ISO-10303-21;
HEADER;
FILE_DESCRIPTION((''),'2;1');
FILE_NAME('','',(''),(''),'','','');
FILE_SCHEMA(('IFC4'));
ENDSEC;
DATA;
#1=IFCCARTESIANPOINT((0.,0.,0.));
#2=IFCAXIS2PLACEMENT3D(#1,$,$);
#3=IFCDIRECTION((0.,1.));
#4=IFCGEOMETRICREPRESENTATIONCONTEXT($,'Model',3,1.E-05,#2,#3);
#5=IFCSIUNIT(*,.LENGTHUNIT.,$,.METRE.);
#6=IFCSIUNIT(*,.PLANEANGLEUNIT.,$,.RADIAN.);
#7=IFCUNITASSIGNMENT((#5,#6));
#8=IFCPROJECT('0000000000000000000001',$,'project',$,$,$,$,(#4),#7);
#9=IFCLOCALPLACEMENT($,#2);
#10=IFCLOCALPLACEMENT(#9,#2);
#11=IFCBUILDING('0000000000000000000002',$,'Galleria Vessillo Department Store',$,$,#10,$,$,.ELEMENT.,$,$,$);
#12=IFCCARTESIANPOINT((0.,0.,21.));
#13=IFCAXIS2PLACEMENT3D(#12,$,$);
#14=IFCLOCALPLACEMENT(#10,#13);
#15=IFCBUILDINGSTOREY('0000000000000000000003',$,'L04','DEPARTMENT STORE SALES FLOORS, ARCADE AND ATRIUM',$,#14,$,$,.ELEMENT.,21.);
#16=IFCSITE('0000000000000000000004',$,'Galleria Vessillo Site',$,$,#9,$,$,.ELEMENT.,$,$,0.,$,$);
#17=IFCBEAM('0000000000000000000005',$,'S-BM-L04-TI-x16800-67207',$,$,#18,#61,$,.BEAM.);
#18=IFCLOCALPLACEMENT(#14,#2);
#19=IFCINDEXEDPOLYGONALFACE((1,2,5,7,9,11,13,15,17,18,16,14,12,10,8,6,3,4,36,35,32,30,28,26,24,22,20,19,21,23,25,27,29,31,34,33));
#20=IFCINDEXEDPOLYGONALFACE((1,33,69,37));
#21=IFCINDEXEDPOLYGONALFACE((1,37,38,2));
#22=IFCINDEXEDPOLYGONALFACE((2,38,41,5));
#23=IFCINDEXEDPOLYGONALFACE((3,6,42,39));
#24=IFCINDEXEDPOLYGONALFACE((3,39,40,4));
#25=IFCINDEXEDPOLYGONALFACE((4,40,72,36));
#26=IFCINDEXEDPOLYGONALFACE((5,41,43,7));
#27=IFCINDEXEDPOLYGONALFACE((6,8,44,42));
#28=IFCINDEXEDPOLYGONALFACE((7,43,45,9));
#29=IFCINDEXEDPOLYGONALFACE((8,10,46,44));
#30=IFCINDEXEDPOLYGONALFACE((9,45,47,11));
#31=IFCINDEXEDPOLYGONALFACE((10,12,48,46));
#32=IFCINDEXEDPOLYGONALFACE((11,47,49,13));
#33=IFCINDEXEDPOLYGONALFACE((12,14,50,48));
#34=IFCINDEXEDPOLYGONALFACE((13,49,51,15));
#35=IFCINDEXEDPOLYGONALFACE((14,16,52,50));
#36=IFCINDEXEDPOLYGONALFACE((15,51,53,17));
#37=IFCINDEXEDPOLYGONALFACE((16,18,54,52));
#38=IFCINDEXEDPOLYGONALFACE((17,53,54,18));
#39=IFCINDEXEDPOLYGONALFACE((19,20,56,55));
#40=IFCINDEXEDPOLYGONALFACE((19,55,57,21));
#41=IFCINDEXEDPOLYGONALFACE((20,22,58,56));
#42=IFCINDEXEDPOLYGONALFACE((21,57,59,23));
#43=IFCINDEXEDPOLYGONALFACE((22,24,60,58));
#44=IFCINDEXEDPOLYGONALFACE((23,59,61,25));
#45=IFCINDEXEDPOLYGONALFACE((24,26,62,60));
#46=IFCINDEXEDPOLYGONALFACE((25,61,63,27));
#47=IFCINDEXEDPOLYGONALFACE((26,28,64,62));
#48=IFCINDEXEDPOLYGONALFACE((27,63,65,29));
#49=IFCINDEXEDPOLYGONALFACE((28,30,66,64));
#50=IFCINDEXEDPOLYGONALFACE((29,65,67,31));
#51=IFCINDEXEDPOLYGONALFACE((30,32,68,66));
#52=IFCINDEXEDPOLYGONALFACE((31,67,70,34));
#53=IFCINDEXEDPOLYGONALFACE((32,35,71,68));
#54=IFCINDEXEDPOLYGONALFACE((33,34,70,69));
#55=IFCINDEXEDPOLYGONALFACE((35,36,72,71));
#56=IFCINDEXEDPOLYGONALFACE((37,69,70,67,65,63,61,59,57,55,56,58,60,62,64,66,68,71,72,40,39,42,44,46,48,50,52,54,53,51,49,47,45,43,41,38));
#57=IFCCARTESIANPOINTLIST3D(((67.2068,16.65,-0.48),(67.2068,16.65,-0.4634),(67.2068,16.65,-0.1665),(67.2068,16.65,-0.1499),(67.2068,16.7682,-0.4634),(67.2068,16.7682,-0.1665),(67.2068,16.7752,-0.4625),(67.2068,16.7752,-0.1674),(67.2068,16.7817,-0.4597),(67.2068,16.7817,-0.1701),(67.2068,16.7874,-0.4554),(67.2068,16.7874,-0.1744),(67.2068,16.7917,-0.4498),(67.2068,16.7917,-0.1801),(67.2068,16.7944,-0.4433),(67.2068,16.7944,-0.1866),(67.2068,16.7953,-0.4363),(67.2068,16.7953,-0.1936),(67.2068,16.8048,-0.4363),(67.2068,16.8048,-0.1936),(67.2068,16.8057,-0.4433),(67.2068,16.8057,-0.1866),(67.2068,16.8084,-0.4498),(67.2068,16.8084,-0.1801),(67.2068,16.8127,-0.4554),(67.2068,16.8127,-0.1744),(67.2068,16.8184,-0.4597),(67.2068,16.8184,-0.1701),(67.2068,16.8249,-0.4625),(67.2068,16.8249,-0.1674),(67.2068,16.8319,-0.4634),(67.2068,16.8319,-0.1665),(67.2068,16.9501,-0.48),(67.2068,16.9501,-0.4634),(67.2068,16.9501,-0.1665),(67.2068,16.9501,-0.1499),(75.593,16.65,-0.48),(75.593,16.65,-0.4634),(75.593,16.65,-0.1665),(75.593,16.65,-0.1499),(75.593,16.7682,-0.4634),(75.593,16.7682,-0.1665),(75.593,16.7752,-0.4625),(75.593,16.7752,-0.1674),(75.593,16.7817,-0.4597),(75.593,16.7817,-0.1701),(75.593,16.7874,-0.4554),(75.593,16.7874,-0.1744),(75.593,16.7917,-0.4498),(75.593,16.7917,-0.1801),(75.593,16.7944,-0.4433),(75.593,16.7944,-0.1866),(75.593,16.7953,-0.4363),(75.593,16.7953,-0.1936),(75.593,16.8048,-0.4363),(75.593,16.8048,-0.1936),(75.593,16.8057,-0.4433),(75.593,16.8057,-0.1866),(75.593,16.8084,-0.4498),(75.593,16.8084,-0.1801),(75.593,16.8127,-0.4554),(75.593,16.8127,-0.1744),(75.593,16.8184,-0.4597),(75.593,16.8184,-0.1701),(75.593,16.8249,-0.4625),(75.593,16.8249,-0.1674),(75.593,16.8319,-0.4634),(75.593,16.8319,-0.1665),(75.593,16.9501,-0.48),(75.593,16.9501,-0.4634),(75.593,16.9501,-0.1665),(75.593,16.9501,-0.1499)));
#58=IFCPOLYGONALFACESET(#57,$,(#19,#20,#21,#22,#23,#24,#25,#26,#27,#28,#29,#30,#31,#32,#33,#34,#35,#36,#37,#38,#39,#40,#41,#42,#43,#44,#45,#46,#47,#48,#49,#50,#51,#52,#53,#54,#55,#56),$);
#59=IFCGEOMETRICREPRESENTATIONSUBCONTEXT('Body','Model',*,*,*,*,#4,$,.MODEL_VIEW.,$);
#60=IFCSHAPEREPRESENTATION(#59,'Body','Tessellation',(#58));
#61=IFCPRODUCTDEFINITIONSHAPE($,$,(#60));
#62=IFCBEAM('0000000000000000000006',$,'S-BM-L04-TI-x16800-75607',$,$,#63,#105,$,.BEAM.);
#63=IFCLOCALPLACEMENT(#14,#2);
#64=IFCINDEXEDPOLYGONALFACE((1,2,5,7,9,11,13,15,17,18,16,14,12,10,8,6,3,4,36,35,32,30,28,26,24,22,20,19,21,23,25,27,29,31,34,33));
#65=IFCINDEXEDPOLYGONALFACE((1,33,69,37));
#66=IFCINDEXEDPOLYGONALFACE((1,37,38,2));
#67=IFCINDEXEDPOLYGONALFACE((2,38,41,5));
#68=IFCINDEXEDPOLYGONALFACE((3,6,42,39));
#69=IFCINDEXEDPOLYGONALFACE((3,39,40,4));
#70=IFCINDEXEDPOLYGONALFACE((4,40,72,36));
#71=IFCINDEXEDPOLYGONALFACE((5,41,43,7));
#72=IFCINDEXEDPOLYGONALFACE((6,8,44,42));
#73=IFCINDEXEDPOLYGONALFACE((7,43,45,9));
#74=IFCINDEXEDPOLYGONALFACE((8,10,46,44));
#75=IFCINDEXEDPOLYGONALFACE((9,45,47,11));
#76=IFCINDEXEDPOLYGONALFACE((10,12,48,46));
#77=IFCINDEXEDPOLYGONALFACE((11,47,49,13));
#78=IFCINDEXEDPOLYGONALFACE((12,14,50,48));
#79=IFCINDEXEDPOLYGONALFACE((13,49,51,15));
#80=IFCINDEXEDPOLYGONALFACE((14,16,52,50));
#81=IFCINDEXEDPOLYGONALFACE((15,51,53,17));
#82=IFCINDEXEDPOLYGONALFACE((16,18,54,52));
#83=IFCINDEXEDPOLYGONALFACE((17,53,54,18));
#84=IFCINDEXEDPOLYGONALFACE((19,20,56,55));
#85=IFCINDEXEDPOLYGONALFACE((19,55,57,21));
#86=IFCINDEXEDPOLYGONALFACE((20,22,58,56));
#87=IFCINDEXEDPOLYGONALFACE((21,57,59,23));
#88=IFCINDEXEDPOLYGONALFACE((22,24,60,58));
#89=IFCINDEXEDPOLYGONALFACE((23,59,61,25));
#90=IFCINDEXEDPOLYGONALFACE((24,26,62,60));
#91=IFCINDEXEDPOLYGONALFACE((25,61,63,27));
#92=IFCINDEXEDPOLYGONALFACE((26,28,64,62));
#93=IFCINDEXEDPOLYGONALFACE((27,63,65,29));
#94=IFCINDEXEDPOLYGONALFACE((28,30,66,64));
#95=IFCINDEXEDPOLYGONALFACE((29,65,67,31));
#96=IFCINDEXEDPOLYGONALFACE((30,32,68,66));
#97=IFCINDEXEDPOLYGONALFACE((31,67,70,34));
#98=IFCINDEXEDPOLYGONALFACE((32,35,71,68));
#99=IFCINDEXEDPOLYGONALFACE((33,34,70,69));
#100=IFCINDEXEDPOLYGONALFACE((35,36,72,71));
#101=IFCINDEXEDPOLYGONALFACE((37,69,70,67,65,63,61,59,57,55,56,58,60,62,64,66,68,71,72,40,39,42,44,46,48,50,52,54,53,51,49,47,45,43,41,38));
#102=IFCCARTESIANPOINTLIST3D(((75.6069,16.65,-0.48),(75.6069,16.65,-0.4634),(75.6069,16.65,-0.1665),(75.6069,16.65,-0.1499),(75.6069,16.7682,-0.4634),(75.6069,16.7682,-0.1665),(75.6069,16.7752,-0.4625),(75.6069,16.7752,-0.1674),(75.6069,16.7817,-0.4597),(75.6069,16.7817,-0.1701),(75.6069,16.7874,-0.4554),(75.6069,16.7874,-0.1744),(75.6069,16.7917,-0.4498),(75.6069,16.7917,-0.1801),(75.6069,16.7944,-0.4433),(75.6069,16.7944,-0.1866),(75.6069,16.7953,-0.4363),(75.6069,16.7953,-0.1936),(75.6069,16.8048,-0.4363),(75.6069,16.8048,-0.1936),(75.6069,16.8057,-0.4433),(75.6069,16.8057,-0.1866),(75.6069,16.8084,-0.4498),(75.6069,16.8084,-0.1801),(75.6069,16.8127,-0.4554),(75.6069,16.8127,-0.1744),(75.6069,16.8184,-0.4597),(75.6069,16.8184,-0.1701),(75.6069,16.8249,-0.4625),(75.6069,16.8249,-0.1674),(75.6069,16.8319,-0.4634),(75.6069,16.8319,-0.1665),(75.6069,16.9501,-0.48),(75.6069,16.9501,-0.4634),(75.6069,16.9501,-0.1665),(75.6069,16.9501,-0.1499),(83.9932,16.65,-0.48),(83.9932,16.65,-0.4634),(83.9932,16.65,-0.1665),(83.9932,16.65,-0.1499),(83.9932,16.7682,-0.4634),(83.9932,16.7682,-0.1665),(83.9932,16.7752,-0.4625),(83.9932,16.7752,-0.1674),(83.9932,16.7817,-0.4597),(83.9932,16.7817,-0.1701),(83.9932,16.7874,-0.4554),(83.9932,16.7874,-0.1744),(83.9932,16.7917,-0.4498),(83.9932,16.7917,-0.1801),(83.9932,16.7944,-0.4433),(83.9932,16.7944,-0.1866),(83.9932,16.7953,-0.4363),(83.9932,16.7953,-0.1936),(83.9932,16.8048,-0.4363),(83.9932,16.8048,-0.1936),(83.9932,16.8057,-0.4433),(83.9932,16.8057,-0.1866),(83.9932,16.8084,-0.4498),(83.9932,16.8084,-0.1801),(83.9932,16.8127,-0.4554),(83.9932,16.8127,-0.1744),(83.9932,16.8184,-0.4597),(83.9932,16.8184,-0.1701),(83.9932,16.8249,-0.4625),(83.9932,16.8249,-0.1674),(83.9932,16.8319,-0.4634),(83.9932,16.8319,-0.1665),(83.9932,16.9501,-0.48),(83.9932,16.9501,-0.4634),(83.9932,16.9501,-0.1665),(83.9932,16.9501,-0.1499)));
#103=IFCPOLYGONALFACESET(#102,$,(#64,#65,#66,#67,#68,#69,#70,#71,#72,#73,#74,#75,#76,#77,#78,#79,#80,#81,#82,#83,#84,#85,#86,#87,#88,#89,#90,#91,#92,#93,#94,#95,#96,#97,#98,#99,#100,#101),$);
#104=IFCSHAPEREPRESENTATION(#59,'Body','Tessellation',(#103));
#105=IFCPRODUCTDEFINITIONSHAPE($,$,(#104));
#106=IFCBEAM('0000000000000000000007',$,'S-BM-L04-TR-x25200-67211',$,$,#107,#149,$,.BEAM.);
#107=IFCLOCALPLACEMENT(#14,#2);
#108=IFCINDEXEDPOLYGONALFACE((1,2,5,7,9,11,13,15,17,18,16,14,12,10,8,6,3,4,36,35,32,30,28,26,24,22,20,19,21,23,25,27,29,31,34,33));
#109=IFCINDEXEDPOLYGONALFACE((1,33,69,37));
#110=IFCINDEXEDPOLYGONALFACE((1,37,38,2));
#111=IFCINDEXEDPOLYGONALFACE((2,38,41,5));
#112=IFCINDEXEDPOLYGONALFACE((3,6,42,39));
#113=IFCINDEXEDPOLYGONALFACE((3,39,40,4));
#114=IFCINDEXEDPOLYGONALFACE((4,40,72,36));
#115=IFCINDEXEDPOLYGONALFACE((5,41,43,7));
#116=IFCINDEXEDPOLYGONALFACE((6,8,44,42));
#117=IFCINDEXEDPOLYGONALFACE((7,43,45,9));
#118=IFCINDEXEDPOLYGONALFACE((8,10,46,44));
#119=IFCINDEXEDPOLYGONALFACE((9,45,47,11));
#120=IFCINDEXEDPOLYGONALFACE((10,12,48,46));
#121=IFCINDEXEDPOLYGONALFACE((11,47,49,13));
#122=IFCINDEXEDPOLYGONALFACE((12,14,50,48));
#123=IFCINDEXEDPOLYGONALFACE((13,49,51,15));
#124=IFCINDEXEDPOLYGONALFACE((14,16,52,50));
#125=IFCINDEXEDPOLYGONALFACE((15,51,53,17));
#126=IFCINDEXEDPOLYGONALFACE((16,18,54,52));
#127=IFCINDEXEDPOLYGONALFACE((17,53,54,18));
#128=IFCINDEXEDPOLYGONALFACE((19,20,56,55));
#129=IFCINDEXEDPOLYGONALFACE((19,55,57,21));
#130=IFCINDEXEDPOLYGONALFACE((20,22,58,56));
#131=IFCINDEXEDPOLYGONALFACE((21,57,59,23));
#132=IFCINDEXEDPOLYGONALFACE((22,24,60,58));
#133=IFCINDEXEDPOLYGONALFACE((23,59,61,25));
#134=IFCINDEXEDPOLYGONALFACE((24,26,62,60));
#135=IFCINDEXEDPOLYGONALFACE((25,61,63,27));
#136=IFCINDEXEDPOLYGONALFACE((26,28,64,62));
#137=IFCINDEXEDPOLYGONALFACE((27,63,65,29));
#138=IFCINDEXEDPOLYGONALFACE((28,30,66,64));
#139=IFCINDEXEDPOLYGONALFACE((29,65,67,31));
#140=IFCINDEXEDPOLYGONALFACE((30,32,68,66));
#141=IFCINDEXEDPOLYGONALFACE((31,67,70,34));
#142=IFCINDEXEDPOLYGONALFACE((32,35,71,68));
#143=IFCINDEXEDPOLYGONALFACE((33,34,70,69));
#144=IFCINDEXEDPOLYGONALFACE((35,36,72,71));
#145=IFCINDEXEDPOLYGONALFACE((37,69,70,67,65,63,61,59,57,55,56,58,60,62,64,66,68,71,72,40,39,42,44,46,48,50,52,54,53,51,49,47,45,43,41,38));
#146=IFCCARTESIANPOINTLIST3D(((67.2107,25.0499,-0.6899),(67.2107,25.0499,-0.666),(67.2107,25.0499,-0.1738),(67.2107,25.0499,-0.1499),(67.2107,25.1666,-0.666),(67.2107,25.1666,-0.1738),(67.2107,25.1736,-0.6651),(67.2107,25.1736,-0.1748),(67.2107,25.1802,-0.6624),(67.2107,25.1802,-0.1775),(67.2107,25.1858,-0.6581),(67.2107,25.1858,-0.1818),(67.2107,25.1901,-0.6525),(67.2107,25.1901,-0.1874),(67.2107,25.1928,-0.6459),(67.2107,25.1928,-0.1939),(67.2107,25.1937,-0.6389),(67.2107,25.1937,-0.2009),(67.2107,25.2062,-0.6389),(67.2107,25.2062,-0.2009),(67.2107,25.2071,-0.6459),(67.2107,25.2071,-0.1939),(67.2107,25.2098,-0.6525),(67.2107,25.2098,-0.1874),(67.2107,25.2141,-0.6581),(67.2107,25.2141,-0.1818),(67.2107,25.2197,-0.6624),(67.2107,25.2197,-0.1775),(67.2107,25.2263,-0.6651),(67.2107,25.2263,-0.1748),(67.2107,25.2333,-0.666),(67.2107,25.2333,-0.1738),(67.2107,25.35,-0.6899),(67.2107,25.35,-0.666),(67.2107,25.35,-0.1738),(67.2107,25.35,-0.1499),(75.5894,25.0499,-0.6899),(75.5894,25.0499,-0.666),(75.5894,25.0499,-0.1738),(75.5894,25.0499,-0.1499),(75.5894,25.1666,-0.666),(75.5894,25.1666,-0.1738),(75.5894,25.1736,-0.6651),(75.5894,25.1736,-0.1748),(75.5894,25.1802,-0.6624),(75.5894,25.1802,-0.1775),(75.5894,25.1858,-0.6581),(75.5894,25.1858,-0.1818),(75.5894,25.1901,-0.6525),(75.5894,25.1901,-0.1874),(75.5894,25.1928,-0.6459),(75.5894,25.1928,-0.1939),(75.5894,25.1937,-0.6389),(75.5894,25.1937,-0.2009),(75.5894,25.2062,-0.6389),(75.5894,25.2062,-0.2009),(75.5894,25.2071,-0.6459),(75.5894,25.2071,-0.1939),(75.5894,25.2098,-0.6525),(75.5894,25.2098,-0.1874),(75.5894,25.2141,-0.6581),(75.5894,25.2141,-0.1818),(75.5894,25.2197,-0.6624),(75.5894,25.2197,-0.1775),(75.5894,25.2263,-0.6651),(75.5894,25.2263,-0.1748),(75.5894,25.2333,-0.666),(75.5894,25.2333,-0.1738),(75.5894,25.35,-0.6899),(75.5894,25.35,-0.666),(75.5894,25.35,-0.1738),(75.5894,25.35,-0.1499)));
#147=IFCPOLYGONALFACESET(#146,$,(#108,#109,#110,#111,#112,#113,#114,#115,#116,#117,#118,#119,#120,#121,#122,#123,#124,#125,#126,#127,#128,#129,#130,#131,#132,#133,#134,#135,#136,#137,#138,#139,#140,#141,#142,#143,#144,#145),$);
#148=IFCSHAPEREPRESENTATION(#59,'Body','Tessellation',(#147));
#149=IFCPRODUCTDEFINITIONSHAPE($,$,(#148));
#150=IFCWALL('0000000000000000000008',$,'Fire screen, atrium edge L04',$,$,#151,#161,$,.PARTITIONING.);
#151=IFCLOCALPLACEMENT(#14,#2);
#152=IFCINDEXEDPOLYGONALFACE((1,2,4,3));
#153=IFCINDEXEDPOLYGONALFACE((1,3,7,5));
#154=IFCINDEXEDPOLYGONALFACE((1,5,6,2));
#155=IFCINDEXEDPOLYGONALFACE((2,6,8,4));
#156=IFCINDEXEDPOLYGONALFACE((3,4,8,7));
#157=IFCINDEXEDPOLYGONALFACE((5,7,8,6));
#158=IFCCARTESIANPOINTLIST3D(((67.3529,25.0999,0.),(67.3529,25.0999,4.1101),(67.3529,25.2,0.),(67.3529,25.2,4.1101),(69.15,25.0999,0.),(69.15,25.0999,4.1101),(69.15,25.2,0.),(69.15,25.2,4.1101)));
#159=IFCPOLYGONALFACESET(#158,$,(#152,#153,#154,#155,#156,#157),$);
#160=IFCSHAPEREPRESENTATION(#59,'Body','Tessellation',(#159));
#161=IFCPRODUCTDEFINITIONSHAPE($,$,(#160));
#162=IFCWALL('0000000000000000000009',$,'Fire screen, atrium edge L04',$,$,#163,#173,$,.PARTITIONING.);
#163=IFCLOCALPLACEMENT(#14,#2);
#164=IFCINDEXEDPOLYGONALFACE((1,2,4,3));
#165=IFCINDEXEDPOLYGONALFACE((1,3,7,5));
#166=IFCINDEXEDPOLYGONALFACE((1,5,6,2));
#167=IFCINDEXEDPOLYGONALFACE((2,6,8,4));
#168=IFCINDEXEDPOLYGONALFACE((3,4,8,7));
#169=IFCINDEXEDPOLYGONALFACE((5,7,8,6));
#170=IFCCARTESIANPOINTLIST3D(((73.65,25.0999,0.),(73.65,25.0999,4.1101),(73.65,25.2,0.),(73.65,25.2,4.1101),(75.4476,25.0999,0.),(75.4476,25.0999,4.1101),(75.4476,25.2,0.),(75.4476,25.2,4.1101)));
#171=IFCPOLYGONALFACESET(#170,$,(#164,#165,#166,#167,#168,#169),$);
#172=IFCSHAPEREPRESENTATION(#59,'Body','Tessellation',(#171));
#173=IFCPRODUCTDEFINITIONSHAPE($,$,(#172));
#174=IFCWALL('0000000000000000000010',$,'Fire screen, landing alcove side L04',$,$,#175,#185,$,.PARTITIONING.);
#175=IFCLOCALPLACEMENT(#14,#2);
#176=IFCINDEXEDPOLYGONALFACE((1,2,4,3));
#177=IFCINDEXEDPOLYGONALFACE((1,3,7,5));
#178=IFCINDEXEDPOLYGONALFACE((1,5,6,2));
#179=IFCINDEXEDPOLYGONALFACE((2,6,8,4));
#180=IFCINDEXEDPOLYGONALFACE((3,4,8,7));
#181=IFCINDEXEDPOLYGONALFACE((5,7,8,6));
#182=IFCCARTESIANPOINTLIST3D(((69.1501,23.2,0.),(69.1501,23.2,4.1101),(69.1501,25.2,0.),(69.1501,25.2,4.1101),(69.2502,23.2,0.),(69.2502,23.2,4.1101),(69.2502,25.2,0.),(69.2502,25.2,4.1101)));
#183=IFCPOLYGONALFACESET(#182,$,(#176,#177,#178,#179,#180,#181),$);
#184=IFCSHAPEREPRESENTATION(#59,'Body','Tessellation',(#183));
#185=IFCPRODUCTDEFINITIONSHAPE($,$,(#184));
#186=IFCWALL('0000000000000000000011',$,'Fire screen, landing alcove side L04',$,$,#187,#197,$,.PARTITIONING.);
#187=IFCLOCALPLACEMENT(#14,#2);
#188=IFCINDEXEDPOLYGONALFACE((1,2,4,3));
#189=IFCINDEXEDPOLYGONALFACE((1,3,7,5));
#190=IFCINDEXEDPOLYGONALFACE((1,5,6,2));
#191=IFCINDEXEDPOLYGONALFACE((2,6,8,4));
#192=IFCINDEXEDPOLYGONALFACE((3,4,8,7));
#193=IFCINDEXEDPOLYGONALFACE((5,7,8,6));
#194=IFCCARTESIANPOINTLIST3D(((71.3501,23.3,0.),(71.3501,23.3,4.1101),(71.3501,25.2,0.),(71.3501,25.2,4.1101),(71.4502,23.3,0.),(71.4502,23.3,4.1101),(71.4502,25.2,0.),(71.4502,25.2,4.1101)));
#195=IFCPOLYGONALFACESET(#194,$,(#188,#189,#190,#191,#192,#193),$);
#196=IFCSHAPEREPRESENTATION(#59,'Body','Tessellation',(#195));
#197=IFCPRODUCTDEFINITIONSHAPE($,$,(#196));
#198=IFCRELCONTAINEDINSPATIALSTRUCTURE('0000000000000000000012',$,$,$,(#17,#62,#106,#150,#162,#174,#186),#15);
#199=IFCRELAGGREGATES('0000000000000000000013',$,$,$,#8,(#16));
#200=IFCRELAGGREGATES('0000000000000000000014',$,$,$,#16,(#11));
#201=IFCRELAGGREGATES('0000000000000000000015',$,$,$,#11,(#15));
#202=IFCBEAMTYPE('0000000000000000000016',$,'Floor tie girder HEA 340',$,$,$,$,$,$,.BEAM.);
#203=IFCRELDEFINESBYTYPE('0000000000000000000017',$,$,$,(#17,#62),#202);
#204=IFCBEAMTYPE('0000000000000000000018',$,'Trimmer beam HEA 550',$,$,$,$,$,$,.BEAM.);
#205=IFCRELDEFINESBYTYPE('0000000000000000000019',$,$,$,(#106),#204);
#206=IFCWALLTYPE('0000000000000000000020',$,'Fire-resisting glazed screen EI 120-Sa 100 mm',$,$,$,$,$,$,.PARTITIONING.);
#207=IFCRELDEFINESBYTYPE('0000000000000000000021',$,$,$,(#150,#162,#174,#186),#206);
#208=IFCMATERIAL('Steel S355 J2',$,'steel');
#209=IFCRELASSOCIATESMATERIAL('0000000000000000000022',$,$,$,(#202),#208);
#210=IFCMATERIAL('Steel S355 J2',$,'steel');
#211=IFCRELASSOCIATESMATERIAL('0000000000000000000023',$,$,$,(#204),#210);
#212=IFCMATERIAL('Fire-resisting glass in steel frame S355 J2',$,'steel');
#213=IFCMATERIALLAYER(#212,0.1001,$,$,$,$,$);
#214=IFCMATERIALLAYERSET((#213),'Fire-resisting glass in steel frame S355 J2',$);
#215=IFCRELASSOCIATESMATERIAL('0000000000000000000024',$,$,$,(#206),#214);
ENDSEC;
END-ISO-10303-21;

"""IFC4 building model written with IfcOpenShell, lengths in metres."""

from ifc_helpers import new_model, si_unit, direction, frame, frame_2d, origin, origin_2d, place, context, subcontext, project, spatial, rectangle, i_section, extrude, material, layer, layer_set, material_profile, profile_set, type_object, element, save


model = new_model("IFC4")

# Units and contexts
model_context = context("Model", 3, precision=1e-05, world=origin(), true_north=direction((0.0, 1.0)))
body_context = subcontext(model_context, "Body", "Model", "MODEL_VIEW")
ifc_project = project(units=[si_unit("LENGTHUNIT", "METRE"), si_unit("PLANEANGLEUNIT", "RADIAN")], contexts=[model_context])

# Site, building, storey
site_placement = place(None, origin())
site = spatial("IfcSite", under=ifc_project, at=site_placement, Name="Galleria Vessillo Site", CompositionType="ELEMENT", RefElevation=0.0)
building_placement = place(site_placement, origin())
building = spatial("IfcBuilding", under=site, at=building_placement, Name="Galleria Vessillo Department Store", CompositionType="ELEMENT")
storey_placement = place(building_placement, frame((0.0, 0.0, 21.0)))
storey = spatial("IfcBuildingStorey", under=building, at=storey_placement, Name="L04", Description="DEPARTMENT STORE SALES FLOORS, ARCADE AND ATRIUM", CompositionType="ELEMENT", Elevation=21.0)

# Beams
ifc_material_1 = material(Name="Steel S355 J2", Category="steel")
ifc_material_profile_1 = material_profile(ifc_material_1, i_section(OverallWidth=0.3, OverallDepth=0.3301, WebThickness=0.0095, FlangeThickness=0.0166, FilletRadius=0.0271, at=origin_2d()), Name="HEA 340")
ifc_profile_set_1 = profile_set([ifc_material_profile_1], Name="Steel S355 J2")
beam_type_1 = type_object("IfcBeamType", Name="Floor tie girder HEA 340", PredefinedType="BEAM", material=ifc_profile_set_1)
for number, where, z_axis, x_axis, name in (
    (1, (67.2068, 16.8, -0.3149), (1.0, 0.0, 0.0), (0.0, 1.0, 0.0), "S-BM-L04-TI-x16800-67207"),
    (2, (75.6069, 16.8, -0.3149), (1.0, 0.0, 0.0), (0.0, 1.0, 0.0), "S-BM-L04-TI-x16800-75607"),
):
    element("IfcBeam", number, at=place(storey_placement, frame(where, z_axis=z_axis, x_axis=x_axis)), inside=storey, type_object=beam_type_1, Name=name, PredefinedType="BEAM", context=body_context, shape_type="SweptSolid", body=[
        extrude(i_section(OverallWidth=0.3, OverallDepth=0.3301, WebThickness=0.0095, FlangeThickness=0.0166, FilletRadius=0.0271, at=origin_2d()), origin(), (0.0, 0.0, 1.0), 8.3862),
    ])
ifc_material_2 = material(Name="Steel S355 J2", Category="steel")
ifc_material_profile_2 = material_profile(ifc_material_2, i_section(OverallWidth=0.3, OverallDepth=0.54, WebThickness=0.0125, FlangeThickness=0.0239, FilletRadius=0.0271, at=origin_2d()), Name="HEA 550")
ifc_profile_set_2 = profile_set([ifc_material_profile_2], Name="Steel S355 J2")
beam_type_2 = type_object("IfcBeamType", Name="Trimmer beam HEA 550", PredefinedType="BEAM", material=ifc_profile_set_2)
beam_1_placement = place(storey_placement, frame((67.2107, 25.2, -0.4199), z_axis=(1.0, 0.0, 0.0), x_axis=(0.0, 1.0, 0.0)))
element("IfcBeam", 3, at=beam_1_placement, inside=storey, type_object=beam_type_2, Name="S-BM-L04-TR-x25200-67211", PredefinedType="BEAM", context=body_context, shape_type="SweptSolid", body=[
    extrude(i_section(OverallWidth=0.3, OverallDepth=0.54, WebThickness=0.0125, FlangeThickness=0.0239, FilletRadius=0.0271, at=origin_2d()), origin(), (0.0, 0.0, 1.0), 8.3787),
])

# Walls
ifc_material_3 = material(Name="Fire-resisting glass in steel frame S355 J2", Category="steel")
ifc_layer_1 = layer(ifc_material_3, 0.1001)
ifc_layer_set_1 = layer_set([ifc_layer_1], Name="Fire-resisting glass in steel frame S355 J2")
wall_type_1 = type_object("IfcWallType", Name="Fire-resisting glazed screen EI 120-Sa 100 mm", PredefinedType="PARTITIONING", material=ifc_layer_set_1)
wall_1_placement = place(storey_placement, frame((67.353, 25.1499, 0.0), z_axis=(0.0, 0.0, 1.0), x_axis=(1.0, 0.0, 0.0)))
element("IfcWall", 4, at=wall_1_placement, inside=storey, type_object=wall_type_1, Name="Fire screen, atrium edge L04", PredefinedType="PARTITIONING", context=body_context, shape_type="SweptSolid", body=[
    extrude(rectangle(XDim=1.7971, YDim=0.1001, at=frame_2d((0.8984, 0.0))), origin(), (0.0, 0.0, 1.0), 4.1101),
])
wall_2_placement = place(storey_placement, frame((73.6499, 25.1499, 0.0), z_axis=(0.0, 0.0, 1.0), x_axis=(1.0, 0.0, 0.0)))
element("IfcWall", 5, at=wall_2_placement, inside=storey, type_object=wall_type_1, Name="Fire screen, atrium edge L04", PredefinedType="PARTITIONING", context=body_context, shape_type="SweptSolid", body=[
    extrude(rectangle(XDim=1.7976, YDim=0.1001, at=frame_2d((0.8989, 0.0))), origin(), (0.0, 0.0, 1.0), 4.1101),
])
wall_3_placement = place(storey_placement, frame((69.2002, 25.2, 0.0), z_axis=(0.0, 0.0, 1.0), x_axis=(0.0, -1.0, 0.0)))
element("IfcWall", 6, at=wall_3_placement, inside=storey, type_object=wall_type_1, Name="Fire screen, landing alcove side L04", PredefinedType="PARTITIONING", context=body_context, shape_type="SweptSolid", body=[
    extrude(rectangle(XDim=2.0, YDim=0.1001, at=frame_2d((1.0, 0.0))), origin(), (0.0, 0.0, 1.0), 4.1101),
])
wall_4_placement = place(storey_placement, frame((71.4001, 25.2, 0.0), z_axis=(0.0, 0.0, 1.0), x_axis=(0.0, -1.0, 0.0)))
element("IfcWall", 7, at=wall_4_placement, inside=storey, type_object=wall_type_1, Name="Fire screen, landing alcove side L04", PredefinedType="PARTITIONING", context=body_context, shape_type="SweptSolid", body=[
    extrude(rectangle(XDim=1.8999, YDim=0.1001, at=frame_2d((0.95, 0.0))), origin(), (0.0, 0.0, 1.0), 4.1101),
])

save(model, "model.ifc")
